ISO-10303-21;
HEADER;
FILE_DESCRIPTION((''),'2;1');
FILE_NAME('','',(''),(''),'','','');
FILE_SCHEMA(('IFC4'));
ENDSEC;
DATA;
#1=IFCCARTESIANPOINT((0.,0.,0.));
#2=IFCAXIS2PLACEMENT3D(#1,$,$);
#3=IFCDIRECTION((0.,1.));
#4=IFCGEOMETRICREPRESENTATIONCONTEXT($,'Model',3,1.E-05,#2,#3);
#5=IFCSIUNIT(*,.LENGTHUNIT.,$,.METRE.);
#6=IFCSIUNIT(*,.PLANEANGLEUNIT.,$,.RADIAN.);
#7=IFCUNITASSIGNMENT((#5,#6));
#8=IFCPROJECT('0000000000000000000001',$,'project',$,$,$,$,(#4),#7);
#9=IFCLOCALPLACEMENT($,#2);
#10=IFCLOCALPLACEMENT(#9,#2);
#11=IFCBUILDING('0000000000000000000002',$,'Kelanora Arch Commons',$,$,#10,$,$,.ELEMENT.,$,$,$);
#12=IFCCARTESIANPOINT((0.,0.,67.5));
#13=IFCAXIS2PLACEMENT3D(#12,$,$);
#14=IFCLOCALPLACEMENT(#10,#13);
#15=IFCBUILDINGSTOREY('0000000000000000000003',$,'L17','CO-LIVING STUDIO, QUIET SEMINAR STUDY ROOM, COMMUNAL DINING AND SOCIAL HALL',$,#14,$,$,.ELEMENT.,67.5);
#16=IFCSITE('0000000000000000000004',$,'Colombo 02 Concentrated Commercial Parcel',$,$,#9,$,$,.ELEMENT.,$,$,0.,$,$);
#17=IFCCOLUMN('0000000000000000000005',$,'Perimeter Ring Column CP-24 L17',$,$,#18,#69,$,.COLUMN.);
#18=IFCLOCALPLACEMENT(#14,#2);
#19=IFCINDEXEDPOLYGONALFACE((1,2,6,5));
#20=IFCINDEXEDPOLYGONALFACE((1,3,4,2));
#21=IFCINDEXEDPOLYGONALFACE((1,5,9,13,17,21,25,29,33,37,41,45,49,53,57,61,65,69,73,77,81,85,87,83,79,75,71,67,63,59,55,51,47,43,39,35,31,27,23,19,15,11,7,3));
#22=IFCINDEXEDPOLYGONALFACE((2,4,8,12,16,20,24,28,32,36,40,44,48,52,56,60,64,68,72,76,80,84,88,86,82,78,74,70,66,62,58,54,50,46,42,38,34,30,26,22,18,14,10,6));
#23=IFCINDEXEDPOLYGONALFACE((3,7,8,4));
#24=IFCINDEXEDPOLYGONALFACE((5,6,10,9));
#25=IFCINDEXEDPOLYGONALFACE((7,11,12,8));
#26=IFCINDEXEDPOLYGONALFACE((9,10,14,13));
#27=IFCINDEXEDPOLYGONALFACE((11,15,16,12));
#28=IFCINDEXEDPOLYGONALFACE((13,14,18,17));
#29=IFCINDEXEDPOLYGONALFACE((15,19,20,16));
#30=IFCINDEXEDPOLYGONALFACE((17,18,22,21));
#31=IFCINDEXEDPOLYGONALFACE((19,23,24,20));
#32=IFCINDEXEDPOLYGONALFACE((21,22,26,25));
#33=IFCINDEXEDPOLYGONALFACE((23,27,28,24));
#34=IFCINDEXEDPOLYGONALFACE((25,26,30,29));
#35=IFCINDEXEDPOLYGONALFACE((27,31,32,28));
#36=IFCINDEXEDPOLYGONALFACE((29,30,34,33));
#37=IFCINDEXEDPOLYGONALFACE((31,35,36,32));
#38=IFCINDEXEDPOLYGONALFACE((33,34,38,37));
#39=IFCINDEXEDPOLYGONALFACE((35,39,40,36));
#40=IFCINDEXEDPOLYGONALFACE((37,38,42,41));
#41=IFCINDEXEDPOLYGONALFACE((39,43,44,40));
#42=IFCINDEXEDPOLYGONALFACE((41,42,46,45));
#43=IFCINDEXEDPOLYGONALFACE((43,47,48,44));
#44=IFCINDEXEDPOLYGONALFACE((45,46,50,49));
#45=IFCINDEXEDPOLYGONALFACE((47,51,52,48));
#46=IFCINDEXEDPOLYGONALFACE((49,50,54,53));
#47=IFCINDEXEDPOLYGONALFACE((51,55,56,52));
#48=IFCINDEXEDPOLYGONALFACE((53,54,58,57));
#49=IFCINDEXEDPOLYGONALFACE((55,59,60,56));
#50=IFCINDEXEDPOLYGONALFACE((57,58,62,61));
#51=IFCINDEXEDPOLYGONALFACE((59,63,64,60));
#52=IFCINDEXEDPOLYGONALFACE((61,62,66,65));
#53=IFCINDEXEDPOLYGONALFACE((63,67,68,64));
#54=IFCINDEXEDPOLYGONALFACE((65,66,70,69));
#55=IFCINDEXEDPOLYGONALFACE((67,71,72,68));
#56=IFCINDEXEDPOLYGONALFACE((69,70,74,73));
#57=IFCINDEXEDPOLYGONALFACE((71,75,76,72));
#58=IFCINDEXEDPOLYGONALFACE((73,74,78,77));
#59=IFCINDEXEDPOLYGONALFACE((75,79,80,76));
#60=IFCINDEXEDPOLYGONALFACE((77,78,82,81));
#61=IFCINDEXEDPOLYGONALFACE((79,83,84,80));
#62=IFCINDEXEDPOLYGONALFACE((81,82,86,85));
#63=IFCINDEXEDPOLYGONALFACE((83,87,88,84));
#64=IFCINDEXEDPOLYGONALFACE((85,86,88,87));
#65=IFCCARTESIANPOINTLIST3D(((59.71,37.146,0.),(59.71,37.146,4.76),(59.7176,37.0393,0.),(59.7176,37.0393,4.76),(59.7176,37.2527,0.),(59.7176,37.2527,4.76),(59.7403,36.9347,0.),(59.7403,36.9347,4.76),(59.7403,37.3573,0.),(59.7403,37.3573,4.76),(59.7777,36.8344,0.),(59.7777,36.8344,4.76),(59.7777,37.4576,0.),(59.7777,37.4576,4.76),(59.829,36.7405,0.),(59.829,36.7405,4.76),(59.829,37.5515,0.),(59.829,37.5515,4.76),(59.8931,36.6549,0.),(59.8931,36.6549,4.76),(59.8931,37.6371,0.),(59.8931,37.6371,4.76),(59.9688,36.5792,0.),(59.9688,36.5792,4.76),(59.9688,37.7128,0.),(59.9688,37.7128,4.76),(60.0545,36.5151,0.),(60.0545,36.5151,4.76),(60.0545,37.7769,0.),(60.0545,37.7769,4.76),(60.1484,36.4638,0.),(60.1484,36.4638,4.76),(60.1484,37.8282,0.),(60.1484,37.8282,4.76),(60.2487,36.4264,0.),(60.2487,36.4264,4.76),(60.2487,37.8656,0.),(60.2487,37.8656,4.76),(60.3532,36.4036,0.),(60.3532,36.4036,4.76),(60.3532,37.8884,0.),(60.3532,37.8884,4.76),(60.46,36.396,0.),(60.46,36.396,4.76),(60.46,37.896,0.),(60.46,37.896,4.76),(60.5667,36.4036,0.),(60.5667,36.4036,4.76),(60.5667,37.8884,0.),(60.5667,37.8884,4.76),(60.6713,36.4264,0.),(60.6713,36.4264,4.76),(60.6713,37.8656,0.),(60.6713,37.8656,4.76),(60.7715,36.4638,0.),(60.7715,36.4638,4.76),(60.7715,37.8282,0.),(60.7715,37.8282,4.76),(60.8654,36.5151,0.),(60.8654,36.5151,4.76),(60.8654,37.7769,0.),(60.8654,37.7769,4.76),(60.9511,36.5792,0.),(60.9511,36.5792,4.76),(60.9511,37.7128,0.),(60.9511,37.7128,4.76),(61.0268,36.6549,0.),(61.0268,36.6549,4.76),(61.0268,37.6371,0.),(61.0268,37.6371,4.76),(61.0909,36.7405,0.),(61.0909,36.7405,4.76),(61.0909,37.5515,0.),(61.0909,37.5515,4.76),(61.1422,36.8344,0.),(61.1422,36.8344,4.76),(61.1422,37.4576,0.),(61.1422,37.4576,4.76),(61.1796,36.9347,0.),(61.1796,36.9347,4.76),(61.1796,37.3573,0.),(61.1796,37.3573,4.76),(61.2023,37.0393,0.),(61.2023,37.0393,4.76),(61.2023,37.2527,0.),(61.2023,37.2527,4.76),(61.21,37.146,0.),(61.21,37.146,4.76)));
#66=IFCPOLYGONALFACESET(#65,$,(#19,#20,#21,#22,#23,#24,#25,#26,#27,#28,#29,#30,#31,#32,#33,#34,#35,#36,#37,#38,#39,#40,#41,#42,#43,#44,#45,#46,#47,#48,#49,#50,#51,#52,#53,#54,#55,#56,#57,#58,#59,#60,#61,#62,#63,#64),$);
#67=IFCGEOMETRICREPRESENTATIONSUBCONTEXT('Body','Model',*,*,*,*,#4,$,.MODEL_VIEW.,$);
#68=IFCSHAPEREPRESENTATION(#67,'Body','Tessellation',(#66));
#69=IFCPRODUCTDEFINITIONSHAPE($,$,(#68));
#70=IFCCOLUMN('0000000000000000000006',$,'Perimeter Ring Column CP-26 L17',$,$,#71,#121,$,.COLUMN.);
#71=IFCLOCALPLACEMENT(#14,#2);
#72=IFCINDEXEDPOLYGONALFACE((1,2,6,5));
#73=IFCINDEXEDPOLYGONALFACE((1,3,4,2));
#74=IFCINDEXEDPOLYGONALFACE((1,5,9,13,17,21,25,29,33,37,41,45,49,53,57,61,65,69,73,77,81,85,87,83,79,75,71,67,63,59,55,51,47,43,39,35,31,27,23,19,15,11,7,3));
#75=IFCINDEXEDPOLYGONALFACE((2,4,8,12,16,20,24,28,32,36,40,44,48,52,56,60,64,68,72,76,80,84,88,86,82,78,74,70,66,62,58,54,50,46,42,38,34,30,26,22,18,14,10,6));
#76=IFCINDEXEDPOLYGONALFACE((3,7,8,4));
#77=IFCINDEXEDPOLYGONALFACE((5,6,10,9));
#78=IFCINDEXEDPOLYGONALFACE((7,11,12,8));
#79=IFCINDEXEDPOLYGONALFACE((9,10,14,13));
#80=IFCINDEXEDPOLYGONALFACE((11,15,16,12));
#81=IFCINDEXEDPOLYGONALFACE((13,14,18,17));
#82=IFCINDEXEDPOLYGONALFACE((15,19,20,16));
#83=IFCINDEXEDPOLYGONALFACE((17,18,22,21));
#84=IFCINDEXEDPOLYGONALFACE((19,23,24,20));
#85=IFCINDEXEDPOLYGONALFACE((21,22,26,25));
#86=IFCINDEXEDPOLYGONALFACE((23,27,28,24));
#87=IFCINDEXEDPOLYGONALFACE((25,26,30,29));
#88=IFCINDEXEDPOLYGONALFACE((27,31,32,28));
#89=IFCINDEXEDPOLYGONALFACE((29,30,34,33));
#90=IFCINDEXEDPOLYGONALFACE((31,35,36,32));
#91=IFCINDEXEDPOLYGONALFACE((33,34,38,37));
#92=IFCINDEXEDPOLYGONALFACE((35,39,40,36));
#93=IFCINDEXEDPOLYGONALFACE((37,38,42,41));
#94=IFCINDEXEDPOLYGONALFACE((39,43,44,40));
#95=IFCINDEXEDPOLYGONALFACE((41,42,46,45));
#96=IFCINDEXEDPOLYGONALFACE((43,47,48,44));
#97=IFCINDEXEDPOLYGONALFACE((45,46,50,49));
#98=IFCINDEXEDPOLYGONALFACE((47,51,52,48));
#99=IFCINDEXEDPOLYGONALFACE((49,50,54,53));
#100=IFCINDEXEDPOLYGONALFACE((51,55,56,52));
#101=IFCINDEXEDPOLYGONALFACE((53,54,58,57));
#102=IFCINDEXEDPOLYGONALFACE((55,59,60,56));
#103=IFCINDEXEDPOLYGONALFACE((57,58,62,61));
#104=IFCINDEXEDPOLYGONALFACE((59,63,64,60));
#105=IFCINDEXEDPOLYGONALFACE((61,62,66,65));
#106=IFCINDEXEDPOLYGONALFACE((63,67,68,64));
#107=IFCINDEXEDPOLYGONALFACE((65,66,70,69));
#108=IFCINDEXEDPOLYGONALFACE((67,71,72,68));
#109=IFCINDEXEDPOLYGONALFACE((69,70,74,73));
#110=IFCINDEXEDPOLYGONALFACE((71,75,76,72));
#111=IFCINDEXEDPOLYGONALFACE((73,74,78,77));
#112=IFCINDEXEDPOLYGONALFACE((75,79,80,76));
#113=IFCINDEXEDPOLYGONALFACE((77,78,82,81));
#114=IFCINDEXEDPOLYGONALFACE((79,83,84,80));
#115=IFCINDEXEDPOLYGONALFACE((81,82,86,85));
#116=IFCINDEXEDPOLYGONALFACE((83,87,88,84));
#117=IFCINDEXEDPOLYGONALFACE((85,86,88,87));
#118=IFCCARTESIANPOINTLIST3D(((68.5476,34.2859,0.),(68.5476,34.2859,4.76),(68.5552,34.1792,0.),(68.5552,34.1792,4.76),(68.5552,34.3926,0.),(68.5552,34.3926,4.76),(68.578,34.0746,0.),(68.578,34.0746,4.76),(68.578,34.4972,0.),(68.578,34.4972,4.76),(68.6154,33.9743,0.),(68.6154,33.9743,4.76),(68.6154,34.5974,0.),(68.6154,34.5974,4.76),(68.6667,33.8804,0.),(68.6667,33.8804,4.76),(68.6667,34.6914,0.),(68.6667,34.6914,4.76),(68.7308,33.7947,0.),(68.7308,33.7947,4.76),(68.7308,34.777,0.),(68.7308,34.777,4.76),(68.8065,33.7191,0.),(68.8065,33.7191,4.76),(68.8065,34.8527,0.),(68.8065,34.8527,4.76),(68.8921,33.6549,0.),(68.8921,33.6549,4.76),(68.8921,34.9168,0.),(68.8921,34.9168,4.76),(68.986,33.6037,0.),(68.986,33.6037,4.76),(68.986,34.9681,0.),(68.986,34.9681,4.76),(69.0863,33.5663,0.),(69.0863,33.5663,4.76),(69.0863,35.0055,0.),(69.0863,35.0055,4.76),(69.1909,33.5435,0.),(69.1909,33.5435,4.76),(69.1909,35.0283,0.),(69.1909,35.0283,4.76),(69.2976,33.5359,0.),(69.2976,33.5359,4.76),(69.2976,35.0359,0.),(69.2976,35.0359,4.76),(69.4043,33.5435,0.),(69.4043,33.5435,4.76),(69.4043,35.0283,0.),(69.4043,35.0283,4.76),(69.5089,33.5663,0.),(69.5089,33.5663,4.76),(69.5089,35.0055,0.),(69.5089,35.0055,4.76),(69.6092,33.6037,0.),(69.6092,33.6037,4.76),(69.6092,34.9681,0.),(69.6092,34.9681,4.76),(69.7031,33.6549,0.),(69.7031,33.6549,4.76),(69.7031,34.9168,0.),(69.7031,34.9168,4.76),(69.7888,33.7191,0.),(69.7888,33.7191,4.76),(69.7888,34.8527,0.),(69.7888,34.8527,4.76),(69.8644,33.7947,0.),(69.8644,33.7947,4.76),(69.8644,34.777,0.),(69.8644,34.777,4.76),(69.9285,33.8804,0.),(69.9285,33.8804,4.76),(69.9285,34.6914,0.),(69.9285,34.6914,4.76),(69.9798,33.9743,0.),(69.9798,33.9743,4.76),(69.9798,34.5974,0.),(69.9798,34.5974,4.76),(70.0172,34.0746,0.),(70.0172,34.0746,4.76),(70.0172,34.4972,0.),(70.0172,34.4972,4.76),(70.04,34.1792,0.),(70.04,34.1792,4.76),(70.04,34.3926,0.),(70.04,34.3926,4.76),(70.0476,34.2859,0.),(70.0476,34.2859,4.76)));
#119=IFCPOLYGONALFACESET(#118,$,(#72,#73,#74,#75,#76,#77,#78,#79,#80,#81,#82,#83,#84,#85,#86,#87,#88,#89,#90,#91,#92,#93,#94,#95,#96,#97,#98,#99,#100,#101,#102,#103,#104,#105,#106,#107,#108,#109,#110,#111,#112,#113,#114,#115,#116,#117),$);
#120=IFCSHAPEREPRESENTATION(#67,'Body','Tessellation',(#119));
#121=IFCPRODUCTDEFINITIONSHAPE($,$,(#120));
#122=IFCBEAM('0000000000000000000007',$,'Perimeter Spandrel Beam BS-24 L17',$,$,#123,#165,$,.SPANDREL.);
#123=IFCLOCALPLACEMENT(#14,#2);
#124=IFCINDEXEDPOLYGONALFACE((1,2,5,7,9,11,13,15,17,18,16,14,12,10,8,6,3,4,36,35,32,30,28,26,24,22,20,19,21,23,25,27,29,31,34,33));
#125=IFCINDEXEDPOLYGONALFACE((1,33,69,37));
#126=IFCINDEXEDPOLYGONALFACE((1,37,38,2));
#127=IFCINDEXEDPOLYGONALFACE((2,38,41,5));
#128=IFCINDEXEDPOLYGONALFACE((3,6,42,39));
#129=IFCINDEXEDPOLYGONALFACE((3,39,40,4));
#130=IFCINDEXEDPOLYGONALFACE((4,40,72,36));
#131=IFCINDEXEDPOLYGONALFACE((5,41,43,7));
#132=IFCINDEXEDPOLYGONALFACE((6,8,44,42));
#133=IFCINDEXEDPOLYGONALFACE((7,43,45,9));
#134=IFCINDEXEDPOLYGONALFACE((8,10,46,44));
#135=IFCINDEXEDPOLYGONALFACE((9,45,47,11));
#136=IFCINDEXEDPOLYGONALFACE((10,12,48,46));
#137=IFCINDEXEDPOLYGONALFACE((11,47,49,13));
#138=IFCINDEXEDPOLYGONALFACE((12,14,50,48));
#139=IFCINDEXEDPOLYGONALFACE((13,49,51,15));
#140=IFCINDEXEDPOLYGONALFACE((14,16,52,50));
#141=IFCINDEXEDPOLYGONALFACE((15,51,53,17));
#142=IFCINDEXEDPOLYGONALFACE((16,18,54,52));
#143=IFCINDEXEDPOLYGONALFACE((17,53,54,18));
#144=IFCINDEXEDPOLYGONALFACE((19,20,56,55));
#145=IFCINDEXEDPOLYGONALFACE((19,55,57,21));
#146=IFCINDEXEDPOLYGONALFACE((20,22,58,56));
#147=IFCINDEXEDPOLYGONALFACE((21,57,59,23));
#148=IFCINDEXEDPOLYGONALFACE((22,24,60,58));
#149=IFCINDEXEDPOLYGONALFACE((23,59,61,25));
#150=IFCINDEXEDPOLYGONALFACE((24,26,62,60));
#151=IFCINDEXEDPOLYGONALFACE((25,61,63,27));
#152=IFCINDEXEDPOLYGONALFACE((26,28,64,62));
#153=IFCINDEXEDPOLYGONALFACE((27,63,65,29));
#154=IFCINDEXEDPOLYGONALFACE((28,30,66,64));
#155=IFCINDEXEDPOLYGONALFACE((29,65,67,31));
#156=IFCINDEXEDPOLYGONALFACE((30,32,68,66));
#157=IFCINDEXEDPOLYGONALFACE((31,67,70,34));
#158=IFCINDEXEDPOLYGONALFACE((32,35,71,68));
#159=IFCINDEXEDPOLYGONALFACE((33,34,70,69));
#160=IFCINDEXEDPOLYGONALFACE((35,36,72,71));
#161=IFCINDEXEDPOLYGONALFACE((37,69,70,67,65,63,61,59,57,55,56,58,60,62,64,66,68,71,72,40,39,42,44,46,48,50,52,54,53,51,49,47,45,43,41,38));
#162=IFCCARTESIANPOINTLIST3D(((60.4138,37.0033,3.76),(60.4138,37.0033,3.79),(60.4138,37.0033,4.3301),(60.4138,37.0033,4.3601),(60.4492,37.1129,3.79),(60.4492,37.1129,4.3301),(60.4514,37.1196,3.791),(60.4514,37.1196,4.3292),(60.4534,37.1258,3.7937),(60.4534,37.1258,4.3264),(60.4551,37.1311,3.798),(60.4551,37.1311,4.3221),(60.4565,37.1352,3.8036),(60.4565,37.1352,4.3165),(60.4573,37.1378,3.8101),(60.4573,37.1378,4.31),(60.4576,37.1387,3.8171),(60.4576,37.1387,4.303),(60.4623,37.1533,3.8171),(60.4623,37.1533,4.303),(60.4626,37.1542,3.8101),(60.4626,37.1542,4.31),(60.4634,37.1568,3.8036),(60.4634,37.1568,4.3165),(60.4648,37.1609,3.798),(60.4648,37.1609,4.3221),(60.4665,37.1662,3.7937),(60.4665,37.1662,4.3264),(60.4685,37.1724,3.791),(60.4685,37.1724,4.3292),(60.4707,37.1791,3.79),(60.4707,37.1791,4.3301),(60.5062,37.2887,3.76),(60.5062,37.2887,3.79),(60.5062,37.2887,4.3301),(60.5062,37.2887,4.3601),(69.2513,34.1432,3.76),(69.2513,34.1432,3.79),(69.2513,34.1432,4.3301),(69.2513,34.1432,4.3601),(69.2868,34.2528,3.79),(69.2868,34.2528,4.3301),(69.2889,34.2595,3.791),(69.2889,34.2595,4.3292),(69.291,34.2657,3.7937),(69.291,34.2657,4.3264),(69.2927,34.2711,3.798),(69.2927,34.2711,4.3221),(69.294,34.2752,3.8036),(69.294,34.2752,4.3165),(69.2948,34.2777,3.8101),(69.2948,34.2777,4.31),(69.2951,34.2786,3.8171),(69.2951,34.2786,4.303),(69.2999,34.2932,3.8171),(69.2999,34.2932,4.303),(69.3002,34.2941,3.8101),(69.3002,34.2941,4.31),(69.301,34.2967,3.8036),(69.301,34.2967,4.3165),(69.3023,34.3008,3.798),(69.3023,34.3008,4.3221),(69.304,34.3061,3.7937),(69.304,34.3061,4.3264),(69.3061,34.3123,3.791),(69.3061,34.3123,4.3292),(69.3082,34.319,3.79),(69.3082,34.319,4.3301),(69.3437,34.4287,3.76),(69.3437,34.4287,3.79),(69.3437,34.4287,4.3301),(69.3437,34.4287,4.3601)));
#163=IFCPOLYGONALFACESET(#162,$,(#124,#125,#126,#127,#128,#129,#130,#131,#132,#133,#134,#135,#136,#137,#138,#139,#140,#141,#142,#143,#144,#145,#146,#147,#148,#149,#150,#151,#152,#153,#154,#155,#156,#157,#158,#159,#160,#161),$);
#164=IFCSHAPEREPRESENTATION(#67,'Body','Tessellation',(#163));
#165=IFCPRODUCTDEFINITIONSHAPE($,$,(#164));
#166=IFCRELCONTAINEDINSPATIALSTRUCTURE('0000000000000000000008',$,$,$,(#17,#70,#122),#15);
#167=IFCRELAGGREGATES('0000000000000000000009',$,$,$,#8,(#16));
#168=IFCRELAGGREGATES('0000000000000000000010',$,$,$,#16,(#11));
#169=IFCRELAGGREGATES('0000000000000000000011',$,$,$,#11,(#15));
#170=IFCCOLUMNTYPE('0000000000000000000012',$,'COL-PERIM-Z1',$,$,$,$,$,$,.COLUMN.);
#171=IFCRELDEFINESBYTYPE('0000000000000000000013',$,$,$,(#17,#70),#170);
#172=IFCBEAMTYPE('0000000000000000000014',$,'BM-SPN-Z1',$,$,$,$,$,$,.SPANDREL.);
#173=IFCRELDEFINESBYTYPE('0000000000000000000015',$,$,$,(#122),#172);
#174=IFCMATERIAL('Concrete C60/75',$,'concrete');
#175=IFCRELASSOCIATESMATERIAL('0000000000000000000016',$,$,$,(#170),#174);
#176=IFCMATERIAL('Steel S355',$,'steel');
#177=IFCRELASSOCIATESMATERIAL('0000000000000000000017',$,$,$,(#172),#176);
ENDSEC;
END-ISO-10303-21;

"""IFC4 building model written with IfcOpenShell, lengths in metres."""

from ifc_helpers import new_model, si_unit, direction, frame, origin, origin_2d, place, context, subcontext, project, spatial, circle, i_section, extrude, material, material_profile, profile_set, type_object, element, save


model = new_model("IFC4")

# Units and contexts
model_context = context("Model", 3, precision=1e-05, world=origin(), true_north=direction((0.0, 1.0)))
body_context = subcontext(model_context, "Body", "Model", "MODEL_VIEW")
ifc_project = project(units=[si_unit("LENGTHUNIT", "METRE"), si_unit("PLANEANGLEUNIT", "RADIAN")], contexts=[model_context])

# Site, building, storey
site_placement = place(None, origin())
site = spatial("IfcSite", under=ifc_project, at=site_placement, Name="Colombo 02 Concentrated Commercial Parcel", CompositionType="ELEMENT", RefElevation=0.0)
building_placement = place(site_placement, origin())
building = spatial("IfcBuilding", under=site, at=building_placement, Name="Kelanora Arch Commons", CompositionType="ELEMENT")
storey_placement = place(building_placement, frame((0.0, 0.0, 67.5)))
storey = spatial("IfcBuildingStorey", under=building, at=storey_placement, Name="L17", Description="CO-LIVING STUDIO, QUIET SEMINAR STUDY ROOM, COMMUNAL DINING AND SOCIAL HALL", CompositionType="ELEMENT", Elevation=67.5)

# Columns
ifc_material_1 = material(Name="Concrete C60/75", Category="concrete")
ifc_material_profile_1 = material_profile(ifc_material_1, circle(Radius=0.75, at=origin_2d()), Name="RCC1500")
ifc_profile_set_1 = profile_set([ifc_material_profile_1], Name="Concrete C60/75")
column_type = type_object("IfcColumnType", Name="COL-PERIM-Z1", PredefinedType="COLUMN", material=ifc_profile_set_1)
for number, where, z_axis, x_axis, name in (
    (1, (60.46, 37.146, 0.0), (0.0, 0.0, 1.0), (1.0, 0.0, 0.0), "Perimeter Ring Column CP-24 L17"),
    (2, (69.2976, 34.2859, 0.0), (0.0, 0.0, 1.0), (1.0, 0.0, 0.0), "Perimeter Ring Column CP-26 L17"),
):
    element("IfcColumn", number, at=place(storey_placement, frame(where, z_axis=z_axis, x_axis=x_axis)), inside=storey, type_object=column_type, Name=name, PredefinedType="COLUMN", context=body_context, shape_type="SweptSolid", body=[
        extrude(circle(Radius=0.75, at=origin_2d()), origin(), (0.0, 0.0, 1.0), 4.76),
    ])

# Beam
ifc_material_2 = material(Name="Steel S355", Category="steel")
ifc_material_profile_2 = material_profile(ifc_material_2, i_section(OverallWidth=0.3, OverallDepth=0.6001, WebThickness=0.0154, FlangeThickness=0.03, FilletRadius=0.0271, at=origin_2d()), Name="HEB600")
ifc_profile_set_2 = profile_set([ifc_material_profile_2], Name="Steel S355")
beam_type_1 = type_object("IfcBeamType", Name="BM-SPN-Z1", PredefinedType="SPANDREL", material=ifc_profile_set_2)
beam_1_placement = place(storey_placement, frame((60.46, 37.146, 4.0601), z_axis=(0.951417, -0.307905, 0.0), x_axis=(0.307905, 0.951417, 0.0)))
element("IfcBeam", 3, at=beam_1_placement, inside=storey, type_object=beam_type_1, Name="Perimeter Spandrel Beam BS-24 L17", PredefinedType="SPANDREL", context=body_context, shape_type="SweptSolid", body=[
    extrude(i_section(OverallWidth=0.3, OverallDepth=0.6001, WebThickness=0.0154, FlangeThickness=0.03, FilletRadius=0.0271, at=origin_2d()), origin(), (0.0, 0.0, 1.0), 9.2888),
])

save(model, "model.ifc")
